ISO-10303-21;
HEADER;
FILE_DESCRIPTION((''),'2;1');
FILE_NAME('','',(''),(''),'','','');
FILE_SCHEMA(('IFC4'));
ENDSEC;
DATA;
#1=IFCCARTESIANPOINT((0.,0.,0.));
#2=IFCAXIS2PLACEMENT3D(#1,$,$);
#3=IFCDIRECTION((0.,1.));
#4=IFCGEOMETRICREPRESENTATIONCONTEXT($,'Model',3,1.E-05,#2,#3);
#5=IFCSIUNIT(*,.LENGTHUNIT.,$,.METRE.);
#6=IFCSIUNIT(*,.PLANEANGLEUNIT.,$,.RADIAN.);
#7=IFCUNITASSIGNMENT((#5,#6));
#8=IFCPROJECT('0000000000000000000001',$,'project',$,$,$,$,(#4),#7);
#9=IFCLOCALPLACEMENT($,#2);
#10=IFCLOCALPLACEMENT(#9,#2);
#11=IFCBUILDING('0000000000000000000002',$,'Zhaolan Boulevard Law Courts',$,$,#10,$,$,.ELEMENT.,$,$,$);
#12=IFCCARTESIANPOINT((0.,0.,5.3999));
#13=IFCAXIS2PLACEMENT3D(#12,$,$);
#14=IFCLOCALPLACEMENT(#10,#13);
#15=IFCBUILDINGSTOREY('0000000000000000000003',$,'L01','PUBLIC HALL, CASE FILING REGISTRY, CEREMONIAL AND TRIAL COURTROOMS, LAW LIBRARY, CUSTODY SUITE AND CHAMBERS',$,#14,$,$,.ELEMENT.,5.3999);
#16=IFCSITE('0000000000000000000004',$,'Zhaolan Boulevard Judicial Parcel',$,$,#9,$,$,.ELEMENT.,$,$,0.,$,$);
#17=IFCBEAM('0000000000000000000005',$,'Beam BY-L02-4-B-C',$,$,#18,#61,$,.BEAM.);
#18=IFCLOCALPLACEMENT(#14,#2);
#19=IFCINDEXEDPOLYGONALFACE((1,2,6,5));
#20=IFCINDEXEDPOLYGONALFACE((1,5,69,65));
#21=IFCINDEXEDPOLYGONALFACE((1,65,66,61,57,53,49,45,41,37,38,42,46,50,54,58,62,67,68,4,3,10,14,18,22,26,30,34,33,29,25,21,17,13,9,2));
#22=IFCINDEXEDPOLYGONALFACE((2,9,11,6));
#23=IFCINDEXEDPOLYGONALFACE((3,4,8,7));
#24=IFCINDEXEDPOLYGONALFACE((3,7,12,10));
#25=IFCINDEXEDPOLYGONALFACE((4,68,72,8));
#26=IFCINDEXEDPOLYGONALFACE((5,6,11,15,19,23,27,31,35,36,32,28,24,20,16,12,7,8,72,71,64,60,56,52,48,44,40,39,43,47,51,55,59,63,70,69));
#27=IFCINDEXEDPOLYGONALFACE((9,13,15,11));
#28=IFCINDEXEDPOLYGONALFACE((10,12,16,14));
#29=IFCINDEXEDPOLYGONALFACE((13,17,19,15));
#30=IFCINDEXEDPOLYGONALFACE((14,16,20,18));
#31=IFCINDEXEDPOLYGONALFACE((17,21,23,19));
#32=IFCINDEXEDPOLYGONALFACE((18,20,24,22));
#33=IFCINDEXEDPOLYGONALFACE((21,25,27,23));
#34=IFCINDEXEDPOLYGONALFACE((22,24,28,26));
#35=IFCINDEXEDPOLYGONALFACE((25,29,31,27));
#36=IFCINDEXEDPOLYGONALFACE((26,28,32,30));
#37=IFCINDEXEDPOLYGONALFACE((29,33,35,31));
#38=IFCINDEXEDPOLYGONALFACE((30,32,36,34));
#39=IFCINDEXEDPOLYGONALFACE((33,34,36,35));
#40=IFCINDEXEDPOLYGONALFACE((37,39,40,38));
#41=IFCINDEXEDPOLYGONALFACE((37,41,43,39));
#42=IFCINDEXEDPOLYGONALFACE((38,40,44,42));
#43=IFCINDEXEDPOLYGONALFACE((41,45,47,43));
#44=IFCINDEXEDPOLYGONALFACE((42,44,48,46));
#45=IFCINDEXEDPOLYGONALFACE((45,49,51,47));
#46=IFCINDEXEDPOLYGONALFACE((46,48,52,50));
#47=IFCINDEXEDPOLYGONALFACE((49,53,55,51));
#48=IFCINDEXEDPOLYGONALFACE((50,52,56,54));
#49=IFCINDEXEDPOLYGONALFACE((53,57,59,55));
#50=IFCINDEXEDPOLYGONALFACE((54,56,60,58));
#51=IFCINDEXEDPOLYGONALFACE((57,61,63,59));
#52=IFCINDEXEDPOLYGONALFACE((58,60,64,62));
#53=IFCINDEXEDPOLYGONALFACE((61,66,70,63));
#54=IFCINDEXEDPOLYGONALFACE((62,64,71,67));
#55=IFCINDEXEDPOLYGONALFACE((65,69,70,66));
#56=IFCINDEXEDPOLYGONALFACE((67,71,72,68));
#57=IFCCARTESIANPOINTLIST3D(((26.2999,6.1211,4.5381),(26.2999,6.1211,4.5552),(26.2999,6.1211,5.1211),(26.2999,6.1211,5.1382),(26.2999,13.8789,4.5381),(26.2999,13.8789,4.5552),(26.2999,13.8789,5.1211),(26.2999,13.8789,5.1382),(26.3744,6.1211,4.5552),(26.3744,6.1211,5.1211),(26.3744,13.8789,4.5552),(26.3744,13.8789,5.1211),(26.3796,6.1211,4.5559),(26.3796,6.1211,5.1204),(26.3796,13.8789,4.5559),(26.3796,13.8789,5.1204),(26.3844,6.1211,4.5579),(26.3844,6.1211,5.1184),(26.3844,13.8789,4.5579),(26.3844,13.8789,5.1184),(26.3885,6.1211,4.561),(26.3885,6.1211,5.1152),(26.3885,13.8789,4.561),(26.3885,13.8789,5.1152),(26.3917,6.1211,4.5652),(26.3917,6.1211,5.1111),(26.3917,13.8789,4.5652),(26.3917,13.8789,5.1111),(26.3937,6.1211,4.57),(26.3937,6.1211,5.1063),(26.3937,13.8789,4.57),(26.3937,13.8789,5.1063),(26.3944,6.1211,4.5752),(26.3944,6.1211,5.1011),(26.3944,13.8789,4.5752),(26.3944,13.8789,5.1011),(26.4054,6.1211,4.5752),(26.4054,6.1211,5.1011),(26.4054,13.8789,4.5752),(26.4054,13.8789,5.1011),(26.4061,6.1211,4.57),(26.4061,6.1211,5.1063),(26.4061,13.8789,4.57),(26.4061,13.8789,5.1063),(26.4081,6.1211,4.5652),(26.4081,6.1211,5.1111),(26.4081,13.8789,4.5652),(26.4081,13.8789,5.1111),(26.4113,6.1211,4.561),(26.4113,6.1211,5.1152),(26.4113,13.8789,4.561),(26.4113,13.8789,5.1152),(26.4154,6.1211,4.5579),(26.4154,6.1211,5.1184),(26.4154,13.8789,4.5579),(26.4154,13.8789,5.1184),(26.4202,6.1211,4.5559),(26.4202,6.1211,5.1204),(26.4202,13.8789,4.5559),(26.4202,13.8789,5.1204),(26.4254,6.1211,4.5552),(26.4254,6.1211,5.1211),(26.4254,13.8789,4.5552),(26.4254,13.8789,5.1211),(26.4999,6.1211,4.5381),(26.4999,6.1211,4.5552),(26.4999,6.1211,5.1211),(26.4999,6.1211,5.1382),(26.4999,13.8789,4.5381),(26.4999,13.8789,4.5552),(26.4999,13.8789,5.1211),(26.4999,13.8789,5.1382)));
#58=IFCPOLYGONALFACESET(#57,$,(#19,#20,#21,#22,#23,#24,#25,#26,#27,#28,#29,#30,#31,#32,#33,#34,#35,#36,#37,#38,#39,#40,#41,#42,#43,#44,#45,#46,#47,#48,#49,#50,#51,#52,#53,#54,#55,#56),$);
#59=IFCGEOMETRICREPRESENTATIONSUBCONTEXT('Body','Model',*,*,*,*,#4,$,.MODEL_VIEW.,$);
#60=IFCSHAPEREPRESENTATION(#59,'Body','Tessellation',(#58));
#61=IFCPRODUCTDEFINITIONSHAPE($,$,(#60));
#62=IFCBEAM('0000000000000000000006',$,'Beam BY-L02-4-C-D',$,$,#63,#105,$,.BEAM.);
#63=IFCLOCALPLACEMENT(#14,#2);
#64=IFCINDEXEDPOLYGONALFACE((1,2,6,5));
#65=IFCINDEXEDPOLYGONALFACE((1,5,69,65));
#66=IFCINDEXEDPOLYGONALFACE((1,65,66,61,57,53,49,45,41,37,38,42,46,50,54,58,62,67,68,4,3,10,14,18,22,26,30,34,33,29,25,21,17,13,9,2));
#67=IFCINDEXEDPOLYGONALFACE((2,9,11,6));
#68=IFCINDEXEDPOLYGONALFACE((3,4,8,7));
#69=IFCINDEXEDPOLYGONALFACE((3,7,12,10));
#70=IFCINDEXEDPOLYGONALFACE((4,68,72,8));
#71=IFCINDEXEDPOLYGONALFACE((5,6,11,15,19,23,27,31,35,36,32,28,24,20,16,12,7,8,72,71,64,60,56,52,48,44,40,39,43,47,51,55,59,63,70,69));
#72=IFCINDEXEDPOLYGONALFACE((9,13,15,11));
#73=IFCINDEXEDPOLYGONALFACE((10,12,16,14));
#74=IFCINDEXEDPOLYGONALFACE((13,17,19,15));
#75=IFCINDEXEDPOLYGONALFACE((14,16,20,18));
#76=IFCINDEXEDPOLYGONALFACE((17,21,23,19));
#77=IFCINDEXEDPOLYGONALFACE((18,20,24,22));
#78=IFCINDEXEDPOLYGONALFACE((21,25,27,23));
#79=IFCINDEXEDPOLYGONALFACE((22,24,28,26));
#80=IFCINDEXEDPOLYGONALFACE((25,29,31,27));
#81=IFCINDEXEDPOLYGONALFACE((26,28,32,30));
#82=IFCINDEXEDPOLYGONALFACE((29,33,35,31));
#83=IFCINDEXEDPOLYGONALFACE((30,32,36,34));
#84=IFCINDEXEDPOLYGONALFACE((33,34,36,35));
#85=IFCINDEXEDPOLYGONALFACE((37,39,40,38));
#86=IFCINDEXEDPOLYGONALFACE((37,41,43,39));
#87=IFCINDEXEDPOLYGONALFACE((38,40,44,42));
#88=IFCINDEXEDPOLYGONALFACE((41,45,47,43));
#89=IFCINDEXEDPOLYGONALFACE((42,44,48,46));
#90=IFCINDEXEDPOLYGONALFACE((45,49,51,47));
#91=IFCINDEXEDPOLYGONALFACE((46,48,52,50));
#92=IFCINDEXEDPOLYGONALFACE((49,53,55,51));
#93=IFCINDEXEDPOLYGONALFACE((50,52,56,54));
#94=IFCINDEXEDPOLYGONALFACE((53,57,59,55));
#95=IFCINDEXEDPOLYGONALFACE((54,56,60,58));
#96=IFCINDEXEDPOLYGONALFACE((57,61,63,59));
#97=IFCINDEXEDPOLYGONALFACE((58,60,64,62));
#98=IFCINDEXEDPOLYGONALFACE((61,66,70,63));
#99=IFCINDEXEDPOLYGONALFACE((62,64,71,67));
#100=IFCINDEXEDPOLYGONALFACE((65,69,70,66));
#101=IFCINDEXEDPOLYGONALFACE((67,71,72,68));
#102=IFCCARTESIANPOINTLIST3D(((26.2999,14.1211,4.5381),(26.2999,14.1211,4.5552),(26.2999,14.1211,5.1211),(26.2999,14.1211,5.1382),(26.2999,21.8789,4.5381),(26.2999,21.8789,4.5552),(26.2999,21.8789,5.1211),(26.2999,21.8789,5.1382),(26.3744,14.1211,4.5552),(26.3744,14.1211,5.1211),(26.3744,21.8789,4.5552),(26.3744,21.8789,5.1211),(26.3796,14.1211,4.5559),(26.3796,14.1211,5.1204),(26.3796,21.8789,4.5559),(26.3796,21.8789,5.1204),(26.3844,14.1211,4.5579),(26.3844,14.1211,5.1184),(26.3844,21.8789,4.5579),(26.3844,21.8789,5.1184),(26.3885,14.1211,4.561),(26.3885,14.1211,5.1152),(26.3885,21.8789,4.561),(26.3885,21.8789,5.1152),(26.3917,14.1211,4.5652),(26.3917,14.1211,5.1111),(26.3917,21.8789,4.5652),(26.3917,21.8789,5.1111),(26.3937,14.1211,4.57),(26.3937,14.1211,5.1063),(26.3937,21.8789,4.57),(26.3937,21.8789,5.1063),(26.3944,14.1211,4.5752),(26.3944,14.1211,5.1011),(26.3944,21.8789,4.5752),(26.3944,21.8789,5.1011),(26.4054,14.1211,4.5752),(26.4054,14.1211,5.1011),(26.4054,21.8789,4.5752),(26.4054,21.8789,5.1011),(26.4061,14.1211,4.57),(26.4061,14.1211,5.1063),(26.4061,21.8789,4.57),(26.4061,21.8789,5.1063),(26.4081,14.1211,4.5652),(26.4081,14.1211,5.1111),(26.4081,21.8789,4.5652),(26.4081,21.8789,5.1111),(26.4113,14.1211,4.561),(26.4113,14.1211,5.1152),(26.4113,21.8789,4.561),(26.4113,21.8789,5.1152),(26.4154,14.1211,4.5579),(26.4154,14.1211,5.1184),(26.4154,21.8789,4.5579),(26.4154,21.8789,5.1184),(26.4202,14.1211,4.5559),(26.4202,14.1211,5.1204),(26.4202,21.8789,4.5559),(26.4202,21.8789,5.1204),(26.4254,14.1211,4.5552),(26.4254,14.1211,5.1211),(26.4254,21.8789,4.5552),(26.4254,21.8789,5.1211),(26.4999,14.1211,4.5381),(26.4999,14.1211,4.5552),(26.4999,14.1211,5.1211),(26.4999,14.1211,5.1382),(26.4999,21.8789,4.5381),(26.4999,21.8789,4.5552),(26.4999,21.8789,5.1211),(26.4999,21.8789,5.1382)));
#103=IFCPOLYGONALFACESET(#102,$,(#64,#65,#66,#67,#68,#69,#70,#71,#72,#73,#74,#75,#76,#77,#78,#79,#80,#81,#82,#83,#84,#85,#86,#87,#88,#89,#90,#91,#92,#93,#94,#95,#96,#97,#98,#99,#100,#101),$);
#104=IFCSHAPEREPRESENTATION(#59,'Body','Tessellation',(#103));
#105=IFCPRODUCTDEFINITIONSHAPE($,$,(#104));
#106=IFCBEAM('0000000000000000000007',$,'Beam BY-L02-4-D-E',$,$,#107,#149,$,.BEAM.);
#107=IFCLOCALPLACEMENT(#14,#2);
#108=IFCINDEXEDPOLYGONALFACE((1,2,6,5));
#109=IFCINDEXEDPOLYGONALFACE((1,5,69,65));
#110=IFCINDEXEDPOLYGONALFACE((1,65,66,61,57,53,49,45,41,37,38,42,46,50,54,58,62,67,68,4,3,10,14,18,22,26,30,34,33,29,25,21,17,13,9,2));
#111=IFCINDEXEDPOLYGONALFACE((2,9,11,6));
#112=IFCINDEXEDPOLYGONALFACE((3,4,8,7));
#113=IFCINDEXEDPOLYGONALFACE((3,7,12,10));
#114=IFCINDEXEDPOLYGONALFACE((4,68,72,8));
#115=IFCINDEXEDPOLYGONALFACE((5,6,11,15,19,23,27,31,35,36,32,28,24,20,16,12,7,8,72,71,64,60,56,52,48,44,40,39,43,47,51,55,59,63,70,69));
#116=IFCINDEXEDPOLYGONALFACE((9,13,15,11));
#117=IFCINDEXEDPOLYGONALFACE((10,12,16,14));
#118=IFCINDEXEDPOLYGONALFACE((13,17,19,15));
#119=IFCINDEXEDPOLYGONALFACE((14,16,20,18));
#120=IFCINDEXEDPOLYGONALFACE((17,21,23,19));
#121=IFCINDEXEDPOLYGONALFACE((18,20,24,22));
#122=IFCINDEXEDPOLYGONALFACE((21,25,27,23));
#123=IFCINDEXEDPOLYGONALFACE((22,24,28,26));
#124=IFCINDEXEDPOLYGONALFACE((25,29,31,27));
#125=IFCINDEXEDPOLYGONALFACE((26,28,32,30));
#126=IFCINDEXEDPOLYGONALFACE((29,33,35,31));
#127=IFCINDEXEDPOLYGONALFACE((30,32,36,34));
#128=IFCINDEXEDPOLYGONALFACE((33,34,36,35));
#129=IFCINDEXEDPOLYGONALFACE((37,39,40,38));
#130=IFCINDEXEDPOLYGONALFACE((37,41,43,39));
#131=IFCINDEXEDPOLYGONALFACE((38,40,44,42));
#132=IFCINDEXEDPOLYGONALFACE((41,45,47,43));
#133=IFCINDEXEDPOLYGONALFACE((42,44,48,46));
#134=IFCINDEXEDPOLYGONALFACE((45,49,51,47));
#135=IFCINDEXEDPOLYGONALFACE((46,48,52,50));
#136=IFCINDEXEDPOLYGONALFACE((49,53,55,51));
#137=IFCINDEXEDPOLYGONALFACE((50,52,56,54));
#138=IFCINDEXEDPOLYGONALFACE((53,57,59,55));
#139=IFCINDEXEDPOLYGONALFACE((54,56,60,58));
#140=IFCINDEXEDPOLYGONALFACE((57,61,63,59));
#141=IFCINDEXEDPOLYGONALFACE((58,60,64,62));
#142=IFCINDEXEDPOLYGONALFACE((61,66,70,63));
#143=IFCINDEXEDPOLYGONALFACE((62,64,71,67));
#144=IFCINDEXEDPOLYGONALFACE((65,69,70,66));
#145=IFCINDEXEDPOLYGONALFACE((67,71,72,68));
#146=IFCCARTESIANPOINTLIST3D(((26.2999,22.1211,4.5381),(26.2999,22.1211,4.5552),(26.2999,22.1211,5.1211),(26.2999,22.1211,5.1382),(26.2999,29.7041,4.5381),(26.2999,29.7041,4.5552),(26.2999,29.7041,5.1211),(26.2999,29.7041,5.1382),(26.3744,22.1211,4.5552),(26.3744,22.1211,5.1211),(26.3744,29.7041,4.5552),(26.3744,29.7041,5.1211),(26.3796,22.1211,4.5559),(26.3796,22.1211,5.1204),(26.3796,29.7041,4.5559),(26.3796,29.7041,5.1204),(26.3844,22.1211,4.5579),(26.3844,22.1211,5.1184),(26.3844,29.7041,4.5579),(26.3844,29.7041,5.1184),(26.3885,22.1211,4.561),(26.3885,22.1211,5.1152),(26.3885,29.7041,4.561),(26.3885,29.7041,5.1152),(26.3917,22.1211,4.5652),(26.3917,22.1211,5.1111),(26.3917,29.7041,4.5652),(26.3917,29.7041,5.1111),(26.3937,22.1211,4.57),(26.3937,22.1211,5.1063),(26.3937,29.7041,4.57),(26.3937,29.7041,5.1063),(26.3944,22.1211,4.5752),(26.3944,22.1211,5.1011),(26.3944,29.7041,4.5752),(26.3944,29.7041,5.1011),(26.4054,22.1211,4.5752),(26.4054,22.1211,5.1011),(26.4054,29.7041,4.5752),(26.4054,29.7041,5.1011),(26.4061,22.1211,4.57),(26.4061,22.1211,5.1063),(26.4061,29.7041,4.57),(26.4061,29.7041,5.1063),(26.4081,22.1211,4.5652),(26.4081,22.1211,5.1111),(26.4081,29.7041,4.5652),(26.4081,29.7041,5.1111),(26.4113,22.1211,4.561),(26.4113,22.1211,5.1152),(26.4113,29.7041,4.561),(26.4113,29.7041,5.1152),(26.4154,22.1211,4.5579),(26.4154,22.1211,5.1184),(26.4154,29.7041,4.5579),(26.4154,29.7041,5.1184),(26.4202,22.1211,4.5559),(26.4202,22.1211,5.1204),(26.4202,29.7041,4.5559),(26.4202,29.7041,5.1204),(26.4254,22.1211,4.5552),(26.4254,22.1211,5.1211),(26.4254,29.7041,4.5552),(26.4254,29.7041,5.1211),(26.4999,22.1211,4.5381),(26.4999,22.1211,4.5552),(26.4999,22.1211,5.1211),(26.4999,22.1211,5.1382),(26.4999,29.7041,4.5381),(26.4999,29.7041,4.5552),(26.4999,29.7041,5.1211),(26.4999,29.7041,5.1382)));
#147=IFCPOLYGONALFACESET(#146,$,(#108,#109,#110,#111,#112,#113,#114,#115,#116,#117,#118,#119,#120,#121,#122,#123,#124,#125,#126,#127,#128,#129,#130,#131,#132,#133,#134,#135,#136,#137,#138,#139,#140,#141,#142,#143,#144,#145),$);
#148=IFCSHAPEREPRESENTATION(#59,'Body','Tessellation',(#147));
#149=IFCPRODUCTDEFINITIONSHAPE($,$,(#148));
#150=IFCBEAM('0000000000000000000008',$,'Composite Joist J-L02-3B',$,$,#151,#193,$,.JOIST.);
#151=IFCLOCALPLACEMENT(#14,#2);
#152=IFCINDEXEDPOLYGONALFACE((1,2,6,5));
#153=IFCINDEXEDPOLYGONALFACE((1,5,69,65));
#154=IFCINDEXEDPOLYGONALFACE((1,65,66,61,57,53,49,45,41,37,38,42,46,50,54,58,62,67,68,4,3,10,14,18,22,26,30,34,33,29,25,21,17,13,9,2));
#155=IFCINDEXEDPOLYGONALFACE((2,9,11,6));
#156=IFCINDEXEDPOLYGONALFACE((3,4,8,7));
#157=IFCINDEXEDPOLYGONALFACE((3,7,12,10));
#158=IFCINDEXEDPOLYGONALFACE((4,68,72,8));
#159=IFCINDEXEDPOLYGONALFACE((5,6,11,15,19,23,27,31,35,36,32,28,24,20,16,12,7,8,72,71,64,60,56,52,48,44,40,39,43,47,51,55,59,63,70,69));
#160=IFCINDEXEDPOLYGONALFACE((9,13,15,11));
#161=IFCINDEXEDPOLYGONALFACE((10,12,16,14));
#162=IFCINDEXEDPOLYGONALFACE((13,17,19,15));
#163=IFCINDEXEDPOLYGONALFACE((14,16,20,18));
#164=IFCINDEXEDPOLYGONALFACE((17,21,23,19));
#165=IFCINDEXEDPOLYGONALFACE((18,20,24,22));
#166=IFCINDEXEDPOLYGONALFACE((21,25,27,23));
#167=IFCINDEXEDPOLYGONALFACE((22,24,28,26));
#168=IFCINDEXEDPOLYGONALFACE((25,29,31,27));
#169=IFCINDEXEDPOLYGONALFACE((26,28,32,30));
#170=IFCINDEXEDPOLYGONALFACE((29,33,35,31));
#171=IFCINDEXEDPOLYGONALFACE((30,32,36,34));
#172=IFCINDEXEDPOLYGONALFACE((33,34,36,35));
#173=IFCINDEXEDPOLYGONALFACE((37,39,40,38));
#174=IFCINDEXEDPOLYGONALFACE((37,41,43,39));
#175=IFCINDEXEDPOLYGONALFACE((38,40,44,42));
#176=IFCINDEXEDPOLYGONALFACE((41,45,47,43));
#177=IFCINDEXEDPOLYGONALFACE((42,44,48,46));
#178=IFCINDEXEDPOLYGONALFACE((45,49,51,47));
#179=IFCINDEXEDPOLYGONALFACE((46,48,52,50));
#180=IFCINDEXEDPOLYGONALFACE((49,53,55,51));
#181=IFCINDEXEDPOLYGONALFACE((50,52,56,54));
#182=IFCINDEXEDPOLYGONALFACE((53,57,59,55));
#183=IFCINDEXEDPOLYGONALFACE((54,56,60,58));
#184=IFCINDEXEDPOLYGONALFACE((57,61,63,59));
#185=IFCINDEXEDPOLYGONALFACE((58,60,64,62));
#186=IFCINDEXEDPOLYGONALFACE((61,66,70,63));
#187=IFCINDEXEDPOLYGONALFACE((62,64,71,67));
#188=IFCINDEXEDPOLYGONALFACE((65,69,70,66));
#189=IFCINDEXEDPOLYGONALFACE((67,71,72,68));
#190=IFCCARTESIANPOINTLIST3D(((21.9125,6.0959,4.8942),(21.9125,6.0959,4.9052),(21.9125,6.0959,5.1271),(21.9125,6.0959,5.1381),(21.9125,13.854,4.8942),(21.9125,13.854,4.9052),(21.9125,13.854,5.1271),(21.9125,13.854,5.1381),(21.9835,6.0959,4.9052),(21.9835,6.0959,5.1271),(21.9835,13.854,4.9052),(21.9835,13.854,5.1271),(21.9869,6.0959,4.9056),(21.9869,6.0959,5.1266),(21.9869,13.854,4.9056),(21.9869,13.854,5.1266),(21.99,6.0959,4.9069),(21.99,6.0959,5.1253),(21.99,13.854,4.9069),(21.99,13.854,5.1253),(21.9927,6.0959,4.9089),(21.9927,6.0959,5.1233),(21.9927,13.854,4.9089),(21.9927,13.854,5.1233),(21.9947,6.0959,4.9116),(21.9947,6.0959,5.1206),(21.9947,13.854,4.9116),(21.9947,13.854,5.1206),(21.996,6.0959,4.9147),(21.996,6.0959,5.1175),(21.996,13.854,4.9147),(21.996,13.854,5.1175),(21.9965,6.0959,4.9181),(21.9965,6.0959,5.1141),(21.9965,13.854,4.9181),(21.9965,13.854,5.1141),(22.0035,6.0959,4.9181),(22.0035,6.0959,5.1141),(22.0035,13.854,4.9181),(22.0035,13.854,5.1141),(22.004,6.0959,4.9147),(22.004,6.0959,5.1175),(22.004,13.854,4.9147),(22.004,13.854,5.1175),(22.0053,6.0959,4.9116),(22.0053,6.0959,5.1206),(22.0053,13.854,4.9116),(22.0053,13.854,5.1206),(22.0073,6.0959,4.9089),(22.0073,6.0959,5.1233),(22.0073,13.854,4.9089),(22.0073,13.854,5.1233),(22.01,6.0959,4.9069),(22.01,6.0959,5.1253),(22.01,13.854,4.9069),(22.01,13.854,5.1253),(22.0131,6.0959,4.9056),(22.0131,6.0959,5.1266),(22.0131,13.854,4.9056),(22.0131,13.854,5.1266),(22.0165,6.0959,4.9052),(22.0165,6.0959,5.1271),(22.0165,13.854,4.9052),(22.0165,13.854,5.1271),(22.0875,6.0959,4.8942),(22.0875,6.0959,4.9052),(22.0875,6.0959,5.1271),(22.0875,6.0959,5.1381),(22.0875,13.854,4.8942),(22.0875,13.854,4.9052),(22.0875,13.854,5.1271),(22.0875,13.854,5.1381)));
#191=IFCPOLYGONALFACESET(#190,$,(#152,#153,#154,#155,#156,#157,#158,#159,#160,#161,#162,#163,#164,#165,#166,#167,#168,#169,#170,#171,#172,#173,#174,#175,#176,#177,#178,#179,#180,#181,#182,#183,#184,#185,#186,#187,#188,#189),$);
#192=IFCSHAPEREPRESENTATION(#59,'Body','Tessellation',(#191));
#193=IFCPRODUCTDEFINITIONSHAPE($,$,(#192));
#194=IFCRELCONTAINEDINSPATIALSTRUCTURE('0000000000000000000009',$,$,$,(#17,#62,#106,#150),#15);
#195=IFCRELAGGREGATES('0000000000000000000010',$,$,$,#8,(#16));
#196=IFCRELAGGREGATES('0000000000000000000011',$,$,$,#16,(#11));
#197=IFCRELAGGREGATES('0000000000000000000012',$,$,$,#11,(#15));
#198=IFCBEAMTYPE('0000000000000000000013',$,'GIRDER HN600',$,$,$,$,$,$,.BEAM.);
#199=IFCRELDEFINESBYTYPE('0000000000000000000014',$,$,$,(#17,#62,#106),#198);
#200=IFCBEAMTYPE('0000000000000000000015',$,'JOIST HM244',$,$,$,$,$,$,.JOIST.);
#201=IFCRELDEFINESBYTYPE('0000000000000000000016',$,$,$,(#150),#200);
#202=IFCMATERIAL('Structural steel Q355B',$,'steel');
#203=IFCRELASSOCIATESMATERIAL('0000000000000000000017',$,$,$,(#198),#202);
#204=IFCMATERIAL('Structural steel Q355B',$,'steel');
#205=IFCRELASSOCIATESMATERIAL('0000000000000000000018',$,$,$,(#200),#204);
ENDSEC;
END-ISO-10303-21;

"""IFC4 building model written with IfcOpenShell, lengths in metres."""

from ifc_helpers import new_model, si_unit, direction, frame, origin, origin_2d, place, context, subcontext, project, spatial, i_section, extrude, material, material_profile, profile_set, type_object, element, save


model = new_model("IFC4")

# Units and contexts
model_context = context("Model", 3, precision=1e-05, world=origin(), true_north=direction((0.0, 1.0)))
body_context = subcontext(model_context, "Body", "Model", "MODEL_VIEW")
ifc_project = project(units=[si_unit("LENGTHUNIT", "METRE"), si_unit("PLANEANGLEUNIT", "RADIAN")], contexts=[model_context])

# Site, building, storey
site_placement = place(None, origin())
site = spatial("IfcSite", under=ifc_project, at=site_placement, Name="Zhaolan Boulevard Judicial Parcel", CompositionType="ELEMENT", RefElevation=0.0)
building_placement = place(site_placement, origin())
building = spatial("IfcBuilding", under=site, at=building_placement, Name="Zhaolan Boulevard Law Courts", CompositionType="ELEMENT")
storey_placement = place(building_placement, frame((0.0, 0.0, 5.3999)))
storey = spatial("IfcBuildingStorey", under=building, at=storey_placement, Name="L01", Description="PUBLIC HALL, CASE FILING REGISTRY, CEREMONIAL AND TRIAL COURTROOMS, LAW LIBRARY, CUSTODY SUITE AND CHAMBERS", CompositionType="ELEMENT", Elevation=5.3999)

# Beams
ifc_material_1 = material(Name="Structural steel Q355B", Category="steel")
ifc_material_profile_1 = material_profile(ifc_material_1, i_section(OverallWidth=0.2, OverallDepth=0.6001, WebThickness=0.011, FlangeThickness=0.0171, FilletRadius=0.02, at=origin_2d()), Name="HN600x200")
ifc_profile_set_1 = profile_set([ifc_material_profile_1], Name="Structural steel Q355B")
beam_type_1 = type_object("IfcBeamType", Name="GIRDER HN600", PredefinedType="BEAM", material=ifc_profile_set_1)
for number, where, z_axis, x_axis, name in (
    (1, (26.3999, 6.1211, 4.8381), (0.0, 1.0, 0.0), (-1.0, 0.0, 0.0), "Beam BY-L02-4-B-C"),
    (2, (26.3999, 14.1211, 4.8381), (0.0, 1.0, 0.0), (-1.0, 0.0, 0.0), "Beam BY-L02-4-C-D"),
):
    element("IfcBeam", number, at=place(storey_placement, frame(where, z_axis=z_axis, x_axis=x_axis)), inside=storey, type_object=beam_type_1, Name=name, PredefinedType="BEAM", context=body_context, shape_type="SweptSolid", body=[
        extrude(i_section(OverallWidth=0.2, OverallDepth=0.6001, WebThickness=0.011, FlangeThickness=0.0171, FilletRadius=0.02, at=origin_2d()), origin(), (0.0, 0.0, 1.0), 7.7578),
    ])
beam_1_placement = place(storey_placement, frame((26.3999, 22.1211, 4.8381), z_axis=(0.0, 1.0, 0.0), x_axis=(-1.0, 0.0, 0.0)))
element("IfcBeam", 3, at=beam_1_placement, inside=storey, type_object=beam_type_1, Name="Beam BY-L02-4-D-E", PredefinedType="BEAM", context=body_context, shape_type="SweptSolid", body=[
    extrude(i_section(OverallWidth=0.2, OverallDepth=0.6001, WebThickness=0.011, FlangeThickness=0.0171, FilletRadius=0.02, at=origin_2d()), origin(), (0.0, 0.0, 1.0), 7.583),
])
ifc_material_2 = material(Name="Structural steel Q355B", Category="steel")
ifc_material_profile_2 = material_profile(ifc_material_2, i_section(OverallWidth=0.175, OverallDepth=0.2439, WebThickness=0.0071, FlangeThickness=0.011, FilletRadius=0.0129, at=origin_2d()), Name="HM244x175")
ifc_profile_set_2 = profile_set([ifc_material_profile_2], Name="Structural steel Q355B")
beam_type_2 = type_object("IfcBeamType", Name="JOIST HM244", PredefinedType="JOIST", material=ifc_profile_set_2)
beam_2_placement = place(storey_placement, frame((22.0, 6.0959, 5.0161), z_axis=(0.0, 1.0, 0.0), x_axis=(-1.0, 0.0, 0.0)))
element("IfcBeam", 4, at=beam_2_placement, inside=storey, type_object=beam_type_2, Name="Composite Joist J-L02-3B", PredefinedType="JOIST", context=body_context, shape_type="SweptSolid", body=[
    extrude(i_section(OverallWidth=0.175, OverallDepth=0.2439, WebThickness=0.0071, FlangeThickness=0.011, FilletRadius=0.0129, at=origin_2d()), origin(), (0.0, 0.0, 1.0), 7.7581),
])

save(model, "model.ifc")
